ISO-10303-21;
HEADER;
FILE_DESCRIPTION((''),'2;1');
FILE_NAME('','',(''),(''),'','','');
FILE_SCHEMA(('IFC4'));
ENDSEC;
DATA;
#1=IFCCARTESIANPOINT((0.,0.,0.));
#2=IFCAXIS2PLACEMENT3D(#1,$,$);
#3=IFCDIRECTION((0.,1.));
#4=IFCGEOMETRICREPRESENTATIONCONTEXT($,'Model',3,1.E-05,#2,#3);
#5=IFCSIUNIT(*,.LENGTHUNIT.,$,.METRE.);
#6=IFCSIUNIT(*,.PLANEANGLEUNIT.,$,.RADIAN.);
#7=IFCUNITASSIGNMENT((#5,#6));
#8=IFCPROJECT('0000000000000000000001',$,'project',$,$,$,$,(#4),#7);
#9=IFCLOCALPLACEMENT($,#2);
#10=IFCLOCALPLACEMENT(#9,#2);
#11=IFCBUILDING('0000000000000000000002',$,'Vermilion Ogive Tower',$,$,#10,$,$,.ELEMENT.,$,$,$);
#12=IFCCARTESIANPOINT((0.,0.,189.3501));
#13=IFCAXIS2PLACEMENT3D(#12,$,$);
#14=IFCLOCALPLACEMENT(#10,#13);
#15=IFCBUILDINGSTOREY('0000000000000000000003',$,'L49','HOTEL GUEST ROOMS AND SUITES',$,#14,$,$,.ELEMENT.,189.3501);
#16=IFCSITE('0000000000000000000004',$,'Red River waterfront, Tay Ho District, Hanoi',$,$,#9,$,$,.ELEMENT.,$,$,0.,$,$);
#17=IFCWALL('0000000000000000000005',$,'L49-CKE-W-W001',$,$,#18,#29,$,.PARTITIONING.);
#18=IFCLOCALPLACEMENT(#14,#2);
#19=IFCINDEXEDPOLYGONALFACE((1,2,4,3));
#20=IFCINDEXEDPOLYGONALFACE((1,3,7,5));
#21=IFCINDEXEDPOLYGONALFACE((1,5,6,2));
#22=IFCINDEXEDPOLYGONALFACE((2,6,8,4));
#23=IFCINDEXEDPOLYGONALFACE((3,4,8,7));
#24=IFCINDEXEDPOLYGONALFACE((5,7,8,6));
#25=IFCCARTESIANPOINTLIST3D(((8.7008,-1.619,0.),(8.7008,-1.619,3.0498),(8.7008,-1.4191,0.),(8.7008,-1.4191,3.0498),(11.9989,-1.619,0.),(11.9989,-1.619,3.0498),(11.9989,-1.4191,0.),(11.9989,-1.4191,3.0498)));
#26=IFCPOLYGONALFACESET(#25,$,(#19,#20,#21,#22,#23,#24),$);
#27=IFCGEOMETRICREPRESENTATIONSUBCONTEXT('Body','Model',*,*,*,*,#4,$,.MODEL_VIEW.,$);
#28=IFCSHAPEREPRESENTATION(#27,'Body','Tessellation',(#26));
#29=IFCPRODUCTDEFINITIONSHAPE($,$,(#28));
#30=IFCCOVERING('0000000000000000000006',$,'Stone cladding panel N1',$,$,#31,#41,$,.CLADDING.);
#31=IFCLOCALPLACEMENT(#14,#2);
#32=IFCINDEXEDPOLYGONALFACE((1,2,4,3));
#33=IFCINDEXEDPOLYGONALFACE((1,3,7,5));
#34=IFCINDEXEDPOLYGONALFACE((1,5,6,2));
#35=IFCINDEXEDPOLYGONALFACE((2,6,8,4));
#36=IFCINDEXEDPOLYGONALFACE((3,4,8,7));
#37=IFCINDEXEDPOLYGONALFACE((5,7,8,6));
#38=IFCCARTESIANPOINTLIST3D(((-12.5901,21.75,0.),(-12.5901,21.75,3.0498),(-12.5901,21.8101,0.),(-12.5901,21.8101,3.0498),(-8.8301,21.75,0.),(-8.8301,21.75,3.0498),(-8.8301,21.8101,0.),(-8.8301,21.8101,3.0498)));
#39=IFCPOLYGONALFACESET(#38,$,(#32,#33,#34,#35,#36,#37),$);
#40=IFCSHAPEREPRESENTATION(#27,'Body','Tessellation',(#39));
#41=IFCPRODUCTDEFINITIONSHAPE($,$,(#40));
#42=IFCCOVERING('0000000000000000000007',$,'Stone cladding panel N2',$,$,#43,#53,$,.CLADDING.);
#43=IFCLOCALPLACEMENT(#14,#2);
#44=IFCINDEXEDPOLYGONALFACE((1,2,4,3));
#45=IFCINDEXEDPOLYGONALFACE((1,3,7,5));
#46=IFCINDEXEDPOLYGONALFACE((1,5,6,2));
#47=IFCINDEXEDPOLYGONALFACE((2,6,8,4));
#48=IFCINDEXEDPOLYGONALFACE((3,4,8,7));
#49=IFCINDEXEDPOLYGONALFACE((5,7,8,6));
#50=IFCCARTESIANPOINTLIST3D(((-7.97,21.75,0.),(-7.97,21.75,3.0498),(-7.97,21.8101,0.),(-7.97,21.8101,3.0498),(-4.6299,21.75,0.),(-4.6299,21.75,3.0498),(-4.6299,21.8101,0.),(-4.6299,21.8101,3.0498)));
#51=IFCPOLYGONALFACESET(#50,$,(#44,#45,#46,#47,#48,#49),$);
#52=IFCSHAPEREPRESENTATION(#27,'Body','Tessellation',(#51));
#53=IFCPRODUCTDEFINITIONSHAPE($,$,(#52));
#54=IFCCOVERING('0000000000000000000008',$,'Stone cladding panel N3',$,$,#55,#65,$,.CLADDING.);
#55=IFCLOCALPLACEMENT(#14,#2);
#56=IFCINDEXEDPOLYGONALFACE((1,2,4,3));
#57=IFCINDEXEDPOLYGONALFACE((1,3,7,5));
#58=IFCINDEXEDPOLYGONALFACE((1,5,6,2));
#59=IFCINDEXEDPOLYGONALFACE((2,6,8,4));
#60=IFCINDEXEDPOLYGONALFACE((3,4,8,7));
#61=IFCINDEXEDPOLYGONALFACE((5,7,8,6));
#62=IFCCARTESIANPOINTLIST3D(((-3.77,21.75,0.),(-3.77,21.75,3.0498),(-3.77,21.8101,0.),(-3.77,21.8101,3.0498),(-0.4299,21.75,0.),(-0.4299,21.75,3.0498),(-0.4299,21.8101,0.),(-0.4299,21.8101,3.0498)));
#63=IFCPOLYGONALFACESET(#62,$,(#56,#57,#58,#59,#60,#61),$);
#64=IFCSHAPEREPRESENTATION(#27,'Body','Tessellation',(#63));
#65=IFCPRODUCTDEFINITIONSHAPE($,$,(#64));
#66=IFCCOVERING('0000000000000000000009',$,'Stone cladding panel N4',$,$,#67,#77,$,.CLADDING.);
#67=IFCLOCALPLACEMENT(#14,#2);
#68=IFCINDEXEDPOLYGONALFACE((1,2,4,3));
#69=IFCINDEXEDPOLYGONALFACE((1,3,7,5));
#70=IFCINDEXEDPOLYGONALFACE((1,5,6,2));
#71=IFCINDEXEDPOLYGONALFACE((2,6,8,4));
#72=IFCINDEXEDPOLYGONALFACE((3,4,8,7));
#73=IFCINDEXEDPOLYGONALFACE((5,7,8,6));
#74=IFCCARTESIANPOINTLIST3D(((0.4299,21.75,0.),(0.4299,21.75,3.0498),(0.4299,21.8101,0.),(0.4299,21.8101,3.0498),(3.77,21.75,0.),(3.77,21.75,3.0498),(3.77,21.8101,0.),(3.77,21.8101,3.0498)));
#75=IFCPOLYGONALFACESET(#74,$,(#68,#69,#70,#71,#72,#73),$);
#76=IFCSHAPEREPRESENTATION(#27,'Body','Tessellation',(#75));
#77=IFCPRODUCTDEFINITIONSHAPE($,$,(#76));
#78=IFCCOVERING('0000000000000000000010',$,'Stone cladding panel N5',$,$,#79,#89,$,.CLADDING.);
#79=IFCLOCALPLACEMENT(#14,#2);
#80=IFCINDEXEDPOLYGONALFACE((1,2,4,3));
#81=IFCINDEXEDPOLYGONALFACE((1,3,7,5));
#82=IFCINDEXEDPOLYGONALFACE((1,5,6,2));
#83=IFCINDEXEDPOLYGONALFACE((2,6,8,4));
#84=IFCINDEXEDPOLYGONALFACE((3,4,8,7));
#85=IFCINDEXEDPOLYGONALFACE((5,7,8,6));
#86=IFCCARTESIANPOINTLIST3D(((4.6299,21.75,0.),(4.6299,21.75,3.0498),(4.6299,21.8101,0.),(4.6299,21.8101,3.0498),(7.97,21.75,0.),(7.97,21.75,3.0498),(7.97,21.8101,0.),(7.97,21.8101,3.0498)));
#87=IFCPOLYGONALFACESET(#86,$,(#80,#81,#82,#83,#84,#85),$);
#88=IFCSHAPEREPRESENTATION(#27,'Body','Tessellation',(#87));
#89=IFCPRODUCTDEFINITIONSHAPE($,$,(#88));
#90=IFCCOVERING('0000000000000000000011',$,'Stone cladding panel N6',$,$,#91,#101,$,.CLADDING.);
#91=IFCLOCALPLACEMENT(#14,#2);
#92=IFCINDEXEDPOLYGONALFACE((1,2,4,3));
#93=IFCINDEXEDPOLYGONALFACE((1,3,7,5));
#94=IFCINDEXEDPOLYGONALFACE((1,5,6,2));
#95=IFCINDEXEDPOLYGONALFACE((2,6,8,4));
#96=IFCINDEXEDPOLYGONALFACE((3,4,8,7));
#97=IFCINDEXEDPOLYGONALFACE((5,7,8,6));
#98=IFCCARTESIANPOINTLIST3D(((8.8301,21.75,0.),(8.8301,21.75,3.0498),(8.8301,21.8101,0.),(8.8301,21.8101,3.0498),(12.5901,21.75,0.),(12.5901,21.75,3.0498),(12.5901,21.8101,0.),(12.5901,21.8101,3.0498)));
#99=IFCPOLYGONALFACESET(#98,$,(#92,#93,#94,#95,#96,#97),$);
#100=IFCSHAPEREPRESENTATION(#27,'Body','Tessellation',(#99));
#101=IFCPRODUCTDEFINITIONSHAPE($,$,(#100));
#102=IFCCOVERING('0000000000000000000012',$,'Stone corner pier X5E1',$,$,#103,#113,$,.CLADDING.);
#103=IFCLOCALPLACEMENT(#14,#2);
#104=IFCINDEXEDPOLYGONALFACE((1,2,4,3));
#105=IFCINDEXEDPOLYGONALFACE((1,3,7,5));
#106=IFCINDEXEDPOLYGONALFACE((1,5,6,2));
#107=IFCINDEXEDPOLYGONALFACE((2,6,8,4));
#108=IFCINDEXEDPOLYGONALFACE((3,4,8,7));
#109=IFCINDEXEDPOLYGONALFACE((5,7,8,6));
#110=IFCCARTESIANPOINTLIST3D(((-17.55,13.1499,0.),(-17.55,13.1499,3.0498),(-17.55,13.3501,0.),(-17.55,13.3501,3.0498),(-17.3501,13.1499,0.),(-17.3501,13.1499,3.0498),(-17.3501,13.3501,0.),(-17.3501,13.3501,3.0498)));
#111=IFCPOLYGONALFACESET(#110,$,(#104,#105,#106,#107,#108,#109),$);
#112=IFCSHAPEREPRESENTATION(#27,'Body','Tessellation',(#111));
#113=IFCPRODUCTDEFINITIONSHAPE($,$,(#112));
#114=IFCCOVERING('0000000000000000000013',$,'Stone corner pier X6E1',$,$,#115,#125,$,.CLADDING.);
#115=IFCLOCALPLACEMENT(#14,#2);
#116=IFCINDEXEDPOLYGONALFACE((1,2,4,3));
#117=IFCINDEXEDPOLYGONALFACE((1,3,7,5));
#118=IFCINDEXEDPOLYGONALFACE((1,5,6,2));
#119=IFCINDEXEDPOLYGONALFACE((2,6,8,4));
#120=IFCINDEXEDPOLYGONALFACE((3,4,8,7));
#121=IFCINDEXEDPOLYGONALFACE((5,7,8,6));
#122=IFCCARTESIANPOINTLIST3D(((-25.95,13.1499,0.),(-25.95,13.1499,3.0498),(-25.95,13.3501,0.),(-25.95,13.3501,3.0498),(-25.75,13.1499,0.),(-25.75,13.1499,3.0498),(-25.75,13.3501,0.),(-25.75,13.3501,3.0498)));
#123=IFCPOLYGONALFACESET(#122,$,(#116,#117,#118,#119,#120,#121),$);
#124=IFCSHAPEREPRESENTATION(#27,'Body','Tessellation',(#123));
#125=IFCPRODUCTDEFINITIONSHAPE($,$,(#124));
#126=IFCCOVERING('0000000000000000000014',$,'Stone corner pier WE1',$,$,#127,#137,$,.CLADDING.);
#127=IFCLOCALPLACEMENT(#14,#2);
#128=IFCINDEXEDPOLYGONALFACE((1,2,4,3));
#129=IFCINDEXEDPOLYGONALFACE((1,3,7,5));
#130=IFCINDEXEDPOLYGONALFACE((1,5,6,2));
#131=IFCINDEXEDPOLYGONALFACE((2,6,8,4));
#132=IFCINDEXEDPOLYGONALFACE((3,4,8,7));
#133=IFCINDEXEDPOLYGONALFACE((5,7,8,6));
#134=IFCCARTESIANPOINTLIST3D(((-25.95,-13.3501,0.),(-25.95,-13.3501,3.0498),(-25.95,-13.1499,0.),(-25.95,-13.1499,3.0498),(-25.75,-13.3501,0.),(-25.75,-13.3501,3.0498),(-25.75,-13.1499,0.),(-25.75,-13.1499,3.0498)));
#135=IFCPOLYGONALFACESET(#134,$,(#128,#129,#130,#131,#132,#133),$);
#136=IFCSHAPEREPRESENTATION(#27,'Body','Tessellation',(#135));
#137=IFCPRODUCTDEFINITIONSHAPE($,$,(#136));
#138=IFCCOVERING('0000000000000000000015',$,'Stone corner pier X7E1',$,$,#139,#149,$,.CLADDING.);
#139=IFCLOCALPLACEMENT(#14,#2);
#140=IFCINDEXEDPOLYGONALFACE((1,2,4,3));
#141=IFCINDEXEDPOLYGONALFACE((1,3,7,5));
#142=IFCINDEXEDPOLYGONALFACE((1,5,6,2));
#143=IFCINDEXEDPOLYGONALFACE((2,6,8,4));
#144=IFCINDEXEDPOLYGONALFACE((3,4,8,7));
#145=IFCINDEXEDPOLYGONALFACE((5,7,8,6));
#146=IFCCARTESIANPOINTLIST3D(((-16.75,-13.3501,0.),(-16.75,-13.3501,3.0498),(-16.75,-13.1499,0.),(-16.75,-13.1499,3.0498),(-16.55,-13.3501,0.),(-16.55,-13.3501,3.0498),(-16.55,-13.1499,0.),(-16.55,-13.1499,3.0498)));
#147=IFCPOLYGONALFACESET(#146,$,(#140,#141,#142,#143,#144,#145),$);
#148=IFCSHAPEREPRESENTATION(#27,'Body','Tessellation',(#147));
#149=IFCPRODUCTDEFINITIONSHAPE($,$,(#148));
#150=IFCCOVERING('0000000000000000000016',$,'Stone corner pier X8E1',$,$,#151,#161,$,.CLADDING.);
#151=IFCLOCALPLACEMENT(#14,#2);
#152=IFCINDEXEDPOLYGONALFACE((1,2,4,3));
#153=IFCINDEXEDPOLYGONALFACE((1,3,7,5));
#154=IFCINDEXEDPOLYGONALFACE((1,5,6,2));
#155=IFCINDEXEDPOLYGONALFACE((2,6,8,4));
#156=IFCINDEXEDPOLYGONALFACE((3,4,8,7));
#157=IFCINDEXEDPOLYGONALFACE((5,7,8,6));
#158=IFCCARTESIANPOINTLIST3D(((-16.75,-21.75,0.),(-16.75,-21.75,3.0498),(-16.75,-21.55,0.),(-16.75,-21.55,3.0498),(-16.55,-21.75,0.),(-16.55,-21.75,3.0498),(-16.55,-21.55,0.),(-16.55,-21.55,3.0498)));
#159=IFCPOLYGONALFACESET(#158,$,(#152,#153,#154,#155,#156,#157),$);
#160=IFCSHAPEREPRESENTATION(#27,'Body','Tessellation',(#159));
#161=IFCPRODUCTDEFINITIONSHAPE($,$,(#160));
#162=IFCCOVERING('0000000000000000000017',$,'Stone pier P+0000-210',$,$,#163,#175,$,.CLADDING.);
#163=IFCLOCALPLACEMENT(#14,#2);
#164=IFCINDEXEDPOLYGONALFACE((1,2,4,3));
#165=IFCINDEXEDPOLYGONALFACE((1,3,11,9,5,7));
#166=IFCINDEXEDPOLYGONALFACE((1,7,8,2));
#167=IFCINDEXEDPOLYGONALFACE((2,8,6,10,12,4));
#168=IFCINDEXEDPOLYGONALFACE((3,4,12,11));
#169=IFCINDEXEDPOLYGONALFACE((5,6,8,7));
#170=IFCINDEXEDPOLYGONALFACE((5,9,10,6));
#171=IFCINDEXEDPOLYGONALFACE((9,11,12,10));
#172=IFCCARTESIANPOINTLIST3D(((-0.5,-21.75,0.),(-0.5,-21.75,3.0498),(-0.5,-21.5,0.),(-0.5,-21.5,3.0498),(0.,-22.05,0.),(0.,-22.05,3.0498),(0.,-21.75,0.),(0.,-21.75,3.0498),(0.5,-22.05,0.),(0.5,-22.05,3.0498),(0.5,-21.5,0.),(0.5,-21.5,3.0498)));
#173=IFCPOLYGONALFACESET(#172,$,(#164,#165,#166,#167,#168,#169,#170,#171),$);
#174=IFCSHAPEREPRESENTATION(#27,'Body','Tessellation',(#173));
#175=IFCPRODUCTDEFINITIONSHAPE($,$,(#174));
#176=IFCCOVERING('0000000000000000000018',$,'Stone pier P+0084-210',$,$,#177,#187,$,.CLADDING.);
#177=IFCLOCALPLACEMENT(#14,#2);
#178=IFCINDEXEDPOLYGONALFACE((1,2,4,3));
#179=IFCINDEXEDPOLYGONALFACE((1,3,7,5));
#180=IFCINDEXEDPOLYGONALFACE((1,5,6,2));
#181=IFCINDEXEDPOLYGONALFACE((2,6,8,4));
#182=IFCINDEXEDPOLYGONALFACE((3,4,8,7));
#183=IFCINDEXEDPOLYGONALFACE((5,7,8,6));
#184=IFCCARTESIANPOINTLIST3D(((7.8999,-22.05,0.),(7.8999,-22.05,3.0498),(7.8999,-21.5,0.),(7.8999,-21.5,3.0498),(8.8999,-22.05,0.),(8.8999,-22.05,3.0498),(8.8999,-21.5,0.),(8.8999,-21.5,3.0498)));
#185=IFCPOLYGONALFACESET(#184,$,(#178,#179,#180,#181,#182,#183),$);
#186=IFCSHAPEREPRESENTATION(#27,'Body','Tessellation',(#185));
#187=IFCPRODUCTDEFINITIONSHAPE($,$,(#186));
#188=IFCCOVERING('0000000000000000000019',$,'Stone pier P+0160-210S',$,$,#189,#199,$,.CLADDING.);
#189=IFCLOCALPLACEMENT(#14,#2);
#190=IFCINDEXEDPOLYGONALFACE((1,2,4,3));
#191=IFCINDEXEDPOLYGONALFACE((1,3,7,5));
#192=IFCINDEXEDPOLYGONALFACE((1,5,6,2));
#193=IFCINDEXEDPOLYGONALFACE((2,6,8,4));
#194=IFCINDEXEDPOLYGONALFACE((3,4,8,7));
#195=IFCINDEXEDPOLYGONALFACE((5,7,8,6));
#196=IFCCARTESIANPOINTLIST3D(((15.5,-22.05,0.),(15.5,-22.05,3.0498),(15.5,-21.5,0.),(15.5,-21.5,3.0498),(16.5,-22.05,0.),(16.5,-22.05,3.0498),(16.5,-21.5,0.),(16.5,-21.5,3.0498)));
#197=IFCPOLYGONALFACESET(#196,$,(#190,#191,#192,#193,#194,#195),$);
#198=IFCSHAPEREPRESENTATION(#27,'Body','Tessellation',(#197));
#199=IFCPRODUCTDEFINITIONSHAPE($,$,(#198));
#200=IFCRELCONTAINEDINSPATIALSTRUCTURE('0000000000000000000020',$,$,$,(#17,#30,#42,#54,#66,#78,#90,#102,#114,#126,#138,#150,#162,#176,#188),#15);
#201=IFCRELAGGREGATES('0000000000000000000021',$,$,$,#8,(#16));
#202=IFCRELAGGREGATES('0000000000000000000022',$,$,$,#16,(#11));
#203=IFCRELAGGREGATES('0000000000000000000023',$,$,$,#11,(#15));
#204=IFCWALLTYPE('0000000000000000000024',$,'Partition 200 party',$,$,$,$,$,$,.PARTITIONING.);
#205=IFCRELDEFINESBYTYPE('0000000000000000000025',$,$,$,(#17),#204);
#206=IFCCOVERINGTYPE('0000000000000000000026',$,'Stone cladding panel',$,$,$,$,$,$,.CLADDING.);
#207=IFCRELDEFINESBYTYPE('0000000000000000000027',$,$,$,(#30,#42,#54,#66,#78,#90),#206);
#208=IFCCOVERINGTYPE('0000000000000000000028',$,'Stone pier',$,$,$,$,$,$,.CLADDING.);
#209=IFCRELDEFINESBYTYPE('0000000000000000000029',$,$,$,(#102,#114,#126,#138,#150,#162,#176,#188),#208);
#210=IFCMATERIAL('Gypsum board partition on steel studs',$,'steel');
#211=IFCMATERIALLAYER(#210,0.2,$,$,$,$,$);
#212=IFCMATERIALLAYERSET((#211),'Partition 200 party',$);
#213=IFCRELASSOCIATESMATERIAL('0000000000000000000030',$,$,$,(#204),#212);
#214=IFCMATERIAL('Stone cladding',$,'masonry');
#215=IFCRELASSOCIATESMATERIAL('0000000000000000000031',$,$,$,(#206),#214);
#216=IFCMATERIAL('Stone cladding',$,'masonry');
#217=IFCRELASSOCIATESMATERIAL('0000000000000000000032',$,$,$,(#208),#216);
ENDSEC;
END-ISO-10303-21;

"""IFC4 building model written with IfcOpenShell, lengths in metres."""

from ifc_helpers import new_model, si_unit, direction, frame, frame_2d, origin, place, context, subcontext, project, spatial, polyline, rectangle, outline, extrude, material, layer, layer_set, type_object, element, save


model = new_model("IFC4")

# Units and contexts
model_context = context("Model", 3, precision=1e-05, world=origin(), true_north=direction((0.0, 1.0)))
body_context = subcontext(model_context, "Body", "Model", "MODEL_VIEW")
ifc_project = project(units=[si_unit("LENGTHUNIT", "METRE"), si_unit("PLANEANGLEUNIT", "RADIAN")], contexts=[model_context])

# Site, building, storey
site_placement = place(None, origin())
site = spatial("IfcSite", under=ifc_project, at=site_placement, Name="Red River waterfront, Tay Ho District, Hanoi", CompositionType="ELEMENT", RefElevation=0.0)
building_placement = place(site_placement, origin())
building = spatial("IfcBuilding", under=site, at=building_placement, Name="Vermilion Ogive Tower", CompositionType="ELEMENT")
storey_placement = place(building_placement, frame((0.0, 0.0, 189.3501)))
storey = spatial("IfcBuildingStorey", under=building, at=storey_placement, Name="L49", Description="HOTEL GUEST ROOMS AND SUITES", CompositionType="ELEMENT", Elevation=189.3501)

# Wall
ifc_material_1 = material(Name="Gypsum board partition on steel studs", Category="steel")
ifc_layer = layer(ifc_material_1, 0.2)
ifc_layer_set = layer_set([ifc_layer], Name="Partition 200 party")
wall_type = type_object("IfcWallType", Name="Partition 200 party", PredefinedType="PARTITIONING", material=ifc_layer_set)
wall_placement = place(storey_placement, frame((8.7009, -1.519, 0.0), z_axis=(0.0, 0.0, 1.0), x_axis=(1.0, 0.0, 0.0)))
element("IfcWall", 1, at=wall_placement, inside=storey, type_object=wall_type, Name="L49-CKE-W-W001", PredefinedType="PARTITIONING", context=body_context, shape_type="SweptSolid", body=[
    extrude(rectangle(XDim=3.2981, YDim=0.2, at=frame_2d((1.6489, 0.0))), origin(), (0.0, 0.0, 1.0), 3.0498),
])

# Coverings
ifc_material_2 = material(Name="Stone cladding", Category="masonry")
covering_type_1 = type_object("IfcCoveringType", Name="Stone cladding panel", PredefinedType="CLADDING", material=ifc_material_2)
covering_1_placement = place(storey_placement, origin())
element("IfcCovering", 2, at=covering_1_placement, inside=storey, type_object=covering_type_1, Name="Stone cladding panel N1", PredefinedType="CLADDING", context=body_context, shape_type="SweptSolid", body=[
    extrude(outline(polyline([(-12.5901, 21.75), (-8.8301, 21.75), (-8.8301, 21.8101), (-12.5901, 21.8101), (-12.5901, 21.75)])), origin(), (0.0, 0.0, 1.0), 3.0498),
])
covering_2_placement = place(storey_placement, origin())
element("IfcCovering", 3, at=covering_2_placement, inside=storey, type_object=covering_type_1, Name="Stone cladding panel N2", PredefinedType="CLADDING", context=body_context, shape_type="SweptSolid", body=[
    extrude(outline(polyline([(-7.97, 21.75), (-4.6299, 21.75), (-4.6299, 21.8101), (-7.97, 21.8101), (-7.97, 21.75)])), origin(), (0.0, 0.0, 1.0), 3.0498),
])
covering_3_placement = place(storey_placement, origin())
element("IfcCovering", 4, at=covering_3_placement, inside=storey, type_object=covering_type_1, Name="Stone cladding panel N3", PredefinedType="CLADDING", context=body_context, shape_type="SweptSolid", body=[
    extrude(outline(polyline([(-3.77, 21.75), (-0.4299, 21.75), (-0.4299, 21.8101), (-3.77, 21.8101), (-3.77, 21.75)])), origin(), (0.0, 0.0, 1.0), 3.0498),
])
covering_4_placement = place(storey_placement, origin())
element("IfcCovering", 5, at=covering_4_placement, inside=storey, type_object=covering_type_1, Name="Stone cladding panel N4", PredefinedType="CLADDING", context=body_context, shape_type="SweptSolid", body=[
    extrude(outline(polyline([(0.4299, 21.75), (3.77, 21.75), (3.77, 21.8101), (0.4299, 21.8101), (0.4299, 21.75)])), origin(), (0.0, 0.0, 1.0), 3.0498),
])
covering_5_placement = place(storey_placement, origin())
element("IfcCovering", 6, at=covering_5_placement, inside=storey, type_object=covering_type_1, Name="Stone cladding panel N5", PredefinedType="CLADDING", context=body_context, shape_type="SweptSolid", body=[
    extrude(outline(polyline([(4.6299, 21.75), (7.97, 21.75), (7.97, 21.8101), (4.6299, 21.8101), (4.6299, 21.75)])), origin(), (0.0, 0.0, 1.0), 3.0498),
])
covering_6_placement = place(storey_placement, origin())
element("IfcCovering", 7, at=covering_6_placement, inside=storey, type_object=covering_type_1, Name="Stone cladding panel N6", PredefinedType="CLADDING", context=body_context, shape_type="SweptSolid", body=[
    extrude(outline(polyline([(8.8301, 21.75), (12.5901, 21.75), (12.5901, 21.8101), (8.8301, 21.8101), (8.8301, 21.75)])), origin(), (0.0, 0.0, 1.0), 3.0498),
])
ifc_material_3 = material(Name="Stone cladding", Category="masonry")
covering_type_2 = type_object("IfcCoveringType", Name="Stone pier", PredefinedType="CLADDING", material=ifc_material_3)
covering_7_placement = place(storey_placement, origin())
element("IfcCovering", 8, at=covering_7_placement, inside=storey, type_object=covering_type_2, Name="Stone corner pier X5E1", PredefinedType="CLADDING", context=body_context, shape_type="SweptSolid", body=[
    extrude(outline(polyline([(-17.3501, 13.1499), (-17.55, 13.1499), (-17.55, 13.3501), (-17.3501, 13.3501), (-17.3501, 13.1499)])), origin(), (0.0, 0.0, 1.0), 3.0498),
])
covering_8_placement = place(storey_placement, origin())
element("IfcCovering", 9, at=covering_8_placement, inside=storey, type_object=covering_type_2, Name="Stone corner pier X6E1", PredefinedType="CLADDING", context=body_context, shape_type="SweptSolid", body=[
    extrude(outline(polyline([(-25.75, 13.1499), (-25.95, 13.1499), (-25.95, 13.3501), (-25.75, 13.3501), (-25.75, 13.1499)])), origin(), (0.0, 0.0, 1.0), 3.0498),
])
covering_9_placement = place(storey_placement, origin())
element("IfcCovering", 10, at=covering_9_placement, inside=storey, type_object=covering_type_2, Name="Stone corner pier WE1", PredefinedType="CLADDING", context=body_context, shape_type="SweptSolid", body=[
    extrude(outline(polyline([(-25.75, -13.1499), (-25.75, -13.3501), (-25.95, -13.3501), (-25.95, -13.1499), (-25.75, -13.1499)])), origin(), (0.0, 0.0, 1.0), 3.0498),
])
covering_10_placement = place(storey_placement, origin())
element("IfcCovering", 11, at=covering_10_placement, inside=storey, type_object=covering_type_2, Name="Stone corner pier X7E1", PredefinedType="CLADDING", context=body_context, shape_type="SweptSolid", body=[
    extrude(outline(polyline([(-16.55, -13.1499), (-16.55, -13.3501), (-16.75, -13.3501), (-16.75, -13.1499), (-16.55, -13.1499)])), origin(), (0.0, 0.0, 1.0), 3.0498),
])
covering_11_placement = place(storey_placement, origin())
element("IfcCovering", 12, at=covering_11_placement, inside=storey, type_object=covering_type_2, Name="Stone corner pier X8E1", PredefinedType="CLADDING", context=body_context, shape_type="SweptSolid", body=[
    extrude(outline(polyline([(-16.55, -21.55), (-16.55, -21.75), (-16.75, -21.75), (-16.75, -21.55), (-16.55, -21.55)])), origin(), (0.0, 0.0, 1.0), 3.0498),
])
covering_12_placement = place(storey_placement, origin())
element("IfcCovering", 13, at=covering_12_placement, inside=storey, type_object=covering_type_2, Name="Stone pier P+0000-210", PredefinedType="CLADDING", context=body_context, shape_type="SweptSolid", body=[
    extrude(outline(polyline([(0.5, -22.05), (0.0, -22.05), (0.0, -21.75), (-0.5, -21.75), (-0.5, -21.5), (0.5, -21.5), (0.5, -22.05)])), origin(), (0.0, 0.0, 1.0), 3.0498),
])
covering_13_placement = place(storey_placement, origin())
element("IfcCovering", 14, at=covering_13_placement, inside=storey, type_object=covering_type_2, Name="Stone pier P+0084-210", PredefinedType="CLADDING", context=body_context, shape_type="SweptSolid", body=[
    extrude(outline(polyline([(8.8999, -21.5), (8.8999, -22.05), (7.8999, -22.05), (7.8999, -21.5), (7.8999, -21.5), (8.8999, -21.5)])), origin(), (0.0, 0.0, 1.0), 3.0498),
])
covering_14_placement = place(storey_placement, origin())
element("IfcCovering", 15, at=covering_14_placement, inside=storey, type_object=covering_type_2, Name="Stone pier P+0160-210S", PredefinedType="CLADDING", context=body_context, shape_type="SweptSolid", body=[
    extrude(outline(polyline([(16.5, -22.05), (15.5, -22.05), (15.5, -21.5), (16.5, -21.5), (16.5, -22.05)])), origin(), (0.0, 0.0, 1.0), 3.0498),
])

save(model, "model.ifc")
